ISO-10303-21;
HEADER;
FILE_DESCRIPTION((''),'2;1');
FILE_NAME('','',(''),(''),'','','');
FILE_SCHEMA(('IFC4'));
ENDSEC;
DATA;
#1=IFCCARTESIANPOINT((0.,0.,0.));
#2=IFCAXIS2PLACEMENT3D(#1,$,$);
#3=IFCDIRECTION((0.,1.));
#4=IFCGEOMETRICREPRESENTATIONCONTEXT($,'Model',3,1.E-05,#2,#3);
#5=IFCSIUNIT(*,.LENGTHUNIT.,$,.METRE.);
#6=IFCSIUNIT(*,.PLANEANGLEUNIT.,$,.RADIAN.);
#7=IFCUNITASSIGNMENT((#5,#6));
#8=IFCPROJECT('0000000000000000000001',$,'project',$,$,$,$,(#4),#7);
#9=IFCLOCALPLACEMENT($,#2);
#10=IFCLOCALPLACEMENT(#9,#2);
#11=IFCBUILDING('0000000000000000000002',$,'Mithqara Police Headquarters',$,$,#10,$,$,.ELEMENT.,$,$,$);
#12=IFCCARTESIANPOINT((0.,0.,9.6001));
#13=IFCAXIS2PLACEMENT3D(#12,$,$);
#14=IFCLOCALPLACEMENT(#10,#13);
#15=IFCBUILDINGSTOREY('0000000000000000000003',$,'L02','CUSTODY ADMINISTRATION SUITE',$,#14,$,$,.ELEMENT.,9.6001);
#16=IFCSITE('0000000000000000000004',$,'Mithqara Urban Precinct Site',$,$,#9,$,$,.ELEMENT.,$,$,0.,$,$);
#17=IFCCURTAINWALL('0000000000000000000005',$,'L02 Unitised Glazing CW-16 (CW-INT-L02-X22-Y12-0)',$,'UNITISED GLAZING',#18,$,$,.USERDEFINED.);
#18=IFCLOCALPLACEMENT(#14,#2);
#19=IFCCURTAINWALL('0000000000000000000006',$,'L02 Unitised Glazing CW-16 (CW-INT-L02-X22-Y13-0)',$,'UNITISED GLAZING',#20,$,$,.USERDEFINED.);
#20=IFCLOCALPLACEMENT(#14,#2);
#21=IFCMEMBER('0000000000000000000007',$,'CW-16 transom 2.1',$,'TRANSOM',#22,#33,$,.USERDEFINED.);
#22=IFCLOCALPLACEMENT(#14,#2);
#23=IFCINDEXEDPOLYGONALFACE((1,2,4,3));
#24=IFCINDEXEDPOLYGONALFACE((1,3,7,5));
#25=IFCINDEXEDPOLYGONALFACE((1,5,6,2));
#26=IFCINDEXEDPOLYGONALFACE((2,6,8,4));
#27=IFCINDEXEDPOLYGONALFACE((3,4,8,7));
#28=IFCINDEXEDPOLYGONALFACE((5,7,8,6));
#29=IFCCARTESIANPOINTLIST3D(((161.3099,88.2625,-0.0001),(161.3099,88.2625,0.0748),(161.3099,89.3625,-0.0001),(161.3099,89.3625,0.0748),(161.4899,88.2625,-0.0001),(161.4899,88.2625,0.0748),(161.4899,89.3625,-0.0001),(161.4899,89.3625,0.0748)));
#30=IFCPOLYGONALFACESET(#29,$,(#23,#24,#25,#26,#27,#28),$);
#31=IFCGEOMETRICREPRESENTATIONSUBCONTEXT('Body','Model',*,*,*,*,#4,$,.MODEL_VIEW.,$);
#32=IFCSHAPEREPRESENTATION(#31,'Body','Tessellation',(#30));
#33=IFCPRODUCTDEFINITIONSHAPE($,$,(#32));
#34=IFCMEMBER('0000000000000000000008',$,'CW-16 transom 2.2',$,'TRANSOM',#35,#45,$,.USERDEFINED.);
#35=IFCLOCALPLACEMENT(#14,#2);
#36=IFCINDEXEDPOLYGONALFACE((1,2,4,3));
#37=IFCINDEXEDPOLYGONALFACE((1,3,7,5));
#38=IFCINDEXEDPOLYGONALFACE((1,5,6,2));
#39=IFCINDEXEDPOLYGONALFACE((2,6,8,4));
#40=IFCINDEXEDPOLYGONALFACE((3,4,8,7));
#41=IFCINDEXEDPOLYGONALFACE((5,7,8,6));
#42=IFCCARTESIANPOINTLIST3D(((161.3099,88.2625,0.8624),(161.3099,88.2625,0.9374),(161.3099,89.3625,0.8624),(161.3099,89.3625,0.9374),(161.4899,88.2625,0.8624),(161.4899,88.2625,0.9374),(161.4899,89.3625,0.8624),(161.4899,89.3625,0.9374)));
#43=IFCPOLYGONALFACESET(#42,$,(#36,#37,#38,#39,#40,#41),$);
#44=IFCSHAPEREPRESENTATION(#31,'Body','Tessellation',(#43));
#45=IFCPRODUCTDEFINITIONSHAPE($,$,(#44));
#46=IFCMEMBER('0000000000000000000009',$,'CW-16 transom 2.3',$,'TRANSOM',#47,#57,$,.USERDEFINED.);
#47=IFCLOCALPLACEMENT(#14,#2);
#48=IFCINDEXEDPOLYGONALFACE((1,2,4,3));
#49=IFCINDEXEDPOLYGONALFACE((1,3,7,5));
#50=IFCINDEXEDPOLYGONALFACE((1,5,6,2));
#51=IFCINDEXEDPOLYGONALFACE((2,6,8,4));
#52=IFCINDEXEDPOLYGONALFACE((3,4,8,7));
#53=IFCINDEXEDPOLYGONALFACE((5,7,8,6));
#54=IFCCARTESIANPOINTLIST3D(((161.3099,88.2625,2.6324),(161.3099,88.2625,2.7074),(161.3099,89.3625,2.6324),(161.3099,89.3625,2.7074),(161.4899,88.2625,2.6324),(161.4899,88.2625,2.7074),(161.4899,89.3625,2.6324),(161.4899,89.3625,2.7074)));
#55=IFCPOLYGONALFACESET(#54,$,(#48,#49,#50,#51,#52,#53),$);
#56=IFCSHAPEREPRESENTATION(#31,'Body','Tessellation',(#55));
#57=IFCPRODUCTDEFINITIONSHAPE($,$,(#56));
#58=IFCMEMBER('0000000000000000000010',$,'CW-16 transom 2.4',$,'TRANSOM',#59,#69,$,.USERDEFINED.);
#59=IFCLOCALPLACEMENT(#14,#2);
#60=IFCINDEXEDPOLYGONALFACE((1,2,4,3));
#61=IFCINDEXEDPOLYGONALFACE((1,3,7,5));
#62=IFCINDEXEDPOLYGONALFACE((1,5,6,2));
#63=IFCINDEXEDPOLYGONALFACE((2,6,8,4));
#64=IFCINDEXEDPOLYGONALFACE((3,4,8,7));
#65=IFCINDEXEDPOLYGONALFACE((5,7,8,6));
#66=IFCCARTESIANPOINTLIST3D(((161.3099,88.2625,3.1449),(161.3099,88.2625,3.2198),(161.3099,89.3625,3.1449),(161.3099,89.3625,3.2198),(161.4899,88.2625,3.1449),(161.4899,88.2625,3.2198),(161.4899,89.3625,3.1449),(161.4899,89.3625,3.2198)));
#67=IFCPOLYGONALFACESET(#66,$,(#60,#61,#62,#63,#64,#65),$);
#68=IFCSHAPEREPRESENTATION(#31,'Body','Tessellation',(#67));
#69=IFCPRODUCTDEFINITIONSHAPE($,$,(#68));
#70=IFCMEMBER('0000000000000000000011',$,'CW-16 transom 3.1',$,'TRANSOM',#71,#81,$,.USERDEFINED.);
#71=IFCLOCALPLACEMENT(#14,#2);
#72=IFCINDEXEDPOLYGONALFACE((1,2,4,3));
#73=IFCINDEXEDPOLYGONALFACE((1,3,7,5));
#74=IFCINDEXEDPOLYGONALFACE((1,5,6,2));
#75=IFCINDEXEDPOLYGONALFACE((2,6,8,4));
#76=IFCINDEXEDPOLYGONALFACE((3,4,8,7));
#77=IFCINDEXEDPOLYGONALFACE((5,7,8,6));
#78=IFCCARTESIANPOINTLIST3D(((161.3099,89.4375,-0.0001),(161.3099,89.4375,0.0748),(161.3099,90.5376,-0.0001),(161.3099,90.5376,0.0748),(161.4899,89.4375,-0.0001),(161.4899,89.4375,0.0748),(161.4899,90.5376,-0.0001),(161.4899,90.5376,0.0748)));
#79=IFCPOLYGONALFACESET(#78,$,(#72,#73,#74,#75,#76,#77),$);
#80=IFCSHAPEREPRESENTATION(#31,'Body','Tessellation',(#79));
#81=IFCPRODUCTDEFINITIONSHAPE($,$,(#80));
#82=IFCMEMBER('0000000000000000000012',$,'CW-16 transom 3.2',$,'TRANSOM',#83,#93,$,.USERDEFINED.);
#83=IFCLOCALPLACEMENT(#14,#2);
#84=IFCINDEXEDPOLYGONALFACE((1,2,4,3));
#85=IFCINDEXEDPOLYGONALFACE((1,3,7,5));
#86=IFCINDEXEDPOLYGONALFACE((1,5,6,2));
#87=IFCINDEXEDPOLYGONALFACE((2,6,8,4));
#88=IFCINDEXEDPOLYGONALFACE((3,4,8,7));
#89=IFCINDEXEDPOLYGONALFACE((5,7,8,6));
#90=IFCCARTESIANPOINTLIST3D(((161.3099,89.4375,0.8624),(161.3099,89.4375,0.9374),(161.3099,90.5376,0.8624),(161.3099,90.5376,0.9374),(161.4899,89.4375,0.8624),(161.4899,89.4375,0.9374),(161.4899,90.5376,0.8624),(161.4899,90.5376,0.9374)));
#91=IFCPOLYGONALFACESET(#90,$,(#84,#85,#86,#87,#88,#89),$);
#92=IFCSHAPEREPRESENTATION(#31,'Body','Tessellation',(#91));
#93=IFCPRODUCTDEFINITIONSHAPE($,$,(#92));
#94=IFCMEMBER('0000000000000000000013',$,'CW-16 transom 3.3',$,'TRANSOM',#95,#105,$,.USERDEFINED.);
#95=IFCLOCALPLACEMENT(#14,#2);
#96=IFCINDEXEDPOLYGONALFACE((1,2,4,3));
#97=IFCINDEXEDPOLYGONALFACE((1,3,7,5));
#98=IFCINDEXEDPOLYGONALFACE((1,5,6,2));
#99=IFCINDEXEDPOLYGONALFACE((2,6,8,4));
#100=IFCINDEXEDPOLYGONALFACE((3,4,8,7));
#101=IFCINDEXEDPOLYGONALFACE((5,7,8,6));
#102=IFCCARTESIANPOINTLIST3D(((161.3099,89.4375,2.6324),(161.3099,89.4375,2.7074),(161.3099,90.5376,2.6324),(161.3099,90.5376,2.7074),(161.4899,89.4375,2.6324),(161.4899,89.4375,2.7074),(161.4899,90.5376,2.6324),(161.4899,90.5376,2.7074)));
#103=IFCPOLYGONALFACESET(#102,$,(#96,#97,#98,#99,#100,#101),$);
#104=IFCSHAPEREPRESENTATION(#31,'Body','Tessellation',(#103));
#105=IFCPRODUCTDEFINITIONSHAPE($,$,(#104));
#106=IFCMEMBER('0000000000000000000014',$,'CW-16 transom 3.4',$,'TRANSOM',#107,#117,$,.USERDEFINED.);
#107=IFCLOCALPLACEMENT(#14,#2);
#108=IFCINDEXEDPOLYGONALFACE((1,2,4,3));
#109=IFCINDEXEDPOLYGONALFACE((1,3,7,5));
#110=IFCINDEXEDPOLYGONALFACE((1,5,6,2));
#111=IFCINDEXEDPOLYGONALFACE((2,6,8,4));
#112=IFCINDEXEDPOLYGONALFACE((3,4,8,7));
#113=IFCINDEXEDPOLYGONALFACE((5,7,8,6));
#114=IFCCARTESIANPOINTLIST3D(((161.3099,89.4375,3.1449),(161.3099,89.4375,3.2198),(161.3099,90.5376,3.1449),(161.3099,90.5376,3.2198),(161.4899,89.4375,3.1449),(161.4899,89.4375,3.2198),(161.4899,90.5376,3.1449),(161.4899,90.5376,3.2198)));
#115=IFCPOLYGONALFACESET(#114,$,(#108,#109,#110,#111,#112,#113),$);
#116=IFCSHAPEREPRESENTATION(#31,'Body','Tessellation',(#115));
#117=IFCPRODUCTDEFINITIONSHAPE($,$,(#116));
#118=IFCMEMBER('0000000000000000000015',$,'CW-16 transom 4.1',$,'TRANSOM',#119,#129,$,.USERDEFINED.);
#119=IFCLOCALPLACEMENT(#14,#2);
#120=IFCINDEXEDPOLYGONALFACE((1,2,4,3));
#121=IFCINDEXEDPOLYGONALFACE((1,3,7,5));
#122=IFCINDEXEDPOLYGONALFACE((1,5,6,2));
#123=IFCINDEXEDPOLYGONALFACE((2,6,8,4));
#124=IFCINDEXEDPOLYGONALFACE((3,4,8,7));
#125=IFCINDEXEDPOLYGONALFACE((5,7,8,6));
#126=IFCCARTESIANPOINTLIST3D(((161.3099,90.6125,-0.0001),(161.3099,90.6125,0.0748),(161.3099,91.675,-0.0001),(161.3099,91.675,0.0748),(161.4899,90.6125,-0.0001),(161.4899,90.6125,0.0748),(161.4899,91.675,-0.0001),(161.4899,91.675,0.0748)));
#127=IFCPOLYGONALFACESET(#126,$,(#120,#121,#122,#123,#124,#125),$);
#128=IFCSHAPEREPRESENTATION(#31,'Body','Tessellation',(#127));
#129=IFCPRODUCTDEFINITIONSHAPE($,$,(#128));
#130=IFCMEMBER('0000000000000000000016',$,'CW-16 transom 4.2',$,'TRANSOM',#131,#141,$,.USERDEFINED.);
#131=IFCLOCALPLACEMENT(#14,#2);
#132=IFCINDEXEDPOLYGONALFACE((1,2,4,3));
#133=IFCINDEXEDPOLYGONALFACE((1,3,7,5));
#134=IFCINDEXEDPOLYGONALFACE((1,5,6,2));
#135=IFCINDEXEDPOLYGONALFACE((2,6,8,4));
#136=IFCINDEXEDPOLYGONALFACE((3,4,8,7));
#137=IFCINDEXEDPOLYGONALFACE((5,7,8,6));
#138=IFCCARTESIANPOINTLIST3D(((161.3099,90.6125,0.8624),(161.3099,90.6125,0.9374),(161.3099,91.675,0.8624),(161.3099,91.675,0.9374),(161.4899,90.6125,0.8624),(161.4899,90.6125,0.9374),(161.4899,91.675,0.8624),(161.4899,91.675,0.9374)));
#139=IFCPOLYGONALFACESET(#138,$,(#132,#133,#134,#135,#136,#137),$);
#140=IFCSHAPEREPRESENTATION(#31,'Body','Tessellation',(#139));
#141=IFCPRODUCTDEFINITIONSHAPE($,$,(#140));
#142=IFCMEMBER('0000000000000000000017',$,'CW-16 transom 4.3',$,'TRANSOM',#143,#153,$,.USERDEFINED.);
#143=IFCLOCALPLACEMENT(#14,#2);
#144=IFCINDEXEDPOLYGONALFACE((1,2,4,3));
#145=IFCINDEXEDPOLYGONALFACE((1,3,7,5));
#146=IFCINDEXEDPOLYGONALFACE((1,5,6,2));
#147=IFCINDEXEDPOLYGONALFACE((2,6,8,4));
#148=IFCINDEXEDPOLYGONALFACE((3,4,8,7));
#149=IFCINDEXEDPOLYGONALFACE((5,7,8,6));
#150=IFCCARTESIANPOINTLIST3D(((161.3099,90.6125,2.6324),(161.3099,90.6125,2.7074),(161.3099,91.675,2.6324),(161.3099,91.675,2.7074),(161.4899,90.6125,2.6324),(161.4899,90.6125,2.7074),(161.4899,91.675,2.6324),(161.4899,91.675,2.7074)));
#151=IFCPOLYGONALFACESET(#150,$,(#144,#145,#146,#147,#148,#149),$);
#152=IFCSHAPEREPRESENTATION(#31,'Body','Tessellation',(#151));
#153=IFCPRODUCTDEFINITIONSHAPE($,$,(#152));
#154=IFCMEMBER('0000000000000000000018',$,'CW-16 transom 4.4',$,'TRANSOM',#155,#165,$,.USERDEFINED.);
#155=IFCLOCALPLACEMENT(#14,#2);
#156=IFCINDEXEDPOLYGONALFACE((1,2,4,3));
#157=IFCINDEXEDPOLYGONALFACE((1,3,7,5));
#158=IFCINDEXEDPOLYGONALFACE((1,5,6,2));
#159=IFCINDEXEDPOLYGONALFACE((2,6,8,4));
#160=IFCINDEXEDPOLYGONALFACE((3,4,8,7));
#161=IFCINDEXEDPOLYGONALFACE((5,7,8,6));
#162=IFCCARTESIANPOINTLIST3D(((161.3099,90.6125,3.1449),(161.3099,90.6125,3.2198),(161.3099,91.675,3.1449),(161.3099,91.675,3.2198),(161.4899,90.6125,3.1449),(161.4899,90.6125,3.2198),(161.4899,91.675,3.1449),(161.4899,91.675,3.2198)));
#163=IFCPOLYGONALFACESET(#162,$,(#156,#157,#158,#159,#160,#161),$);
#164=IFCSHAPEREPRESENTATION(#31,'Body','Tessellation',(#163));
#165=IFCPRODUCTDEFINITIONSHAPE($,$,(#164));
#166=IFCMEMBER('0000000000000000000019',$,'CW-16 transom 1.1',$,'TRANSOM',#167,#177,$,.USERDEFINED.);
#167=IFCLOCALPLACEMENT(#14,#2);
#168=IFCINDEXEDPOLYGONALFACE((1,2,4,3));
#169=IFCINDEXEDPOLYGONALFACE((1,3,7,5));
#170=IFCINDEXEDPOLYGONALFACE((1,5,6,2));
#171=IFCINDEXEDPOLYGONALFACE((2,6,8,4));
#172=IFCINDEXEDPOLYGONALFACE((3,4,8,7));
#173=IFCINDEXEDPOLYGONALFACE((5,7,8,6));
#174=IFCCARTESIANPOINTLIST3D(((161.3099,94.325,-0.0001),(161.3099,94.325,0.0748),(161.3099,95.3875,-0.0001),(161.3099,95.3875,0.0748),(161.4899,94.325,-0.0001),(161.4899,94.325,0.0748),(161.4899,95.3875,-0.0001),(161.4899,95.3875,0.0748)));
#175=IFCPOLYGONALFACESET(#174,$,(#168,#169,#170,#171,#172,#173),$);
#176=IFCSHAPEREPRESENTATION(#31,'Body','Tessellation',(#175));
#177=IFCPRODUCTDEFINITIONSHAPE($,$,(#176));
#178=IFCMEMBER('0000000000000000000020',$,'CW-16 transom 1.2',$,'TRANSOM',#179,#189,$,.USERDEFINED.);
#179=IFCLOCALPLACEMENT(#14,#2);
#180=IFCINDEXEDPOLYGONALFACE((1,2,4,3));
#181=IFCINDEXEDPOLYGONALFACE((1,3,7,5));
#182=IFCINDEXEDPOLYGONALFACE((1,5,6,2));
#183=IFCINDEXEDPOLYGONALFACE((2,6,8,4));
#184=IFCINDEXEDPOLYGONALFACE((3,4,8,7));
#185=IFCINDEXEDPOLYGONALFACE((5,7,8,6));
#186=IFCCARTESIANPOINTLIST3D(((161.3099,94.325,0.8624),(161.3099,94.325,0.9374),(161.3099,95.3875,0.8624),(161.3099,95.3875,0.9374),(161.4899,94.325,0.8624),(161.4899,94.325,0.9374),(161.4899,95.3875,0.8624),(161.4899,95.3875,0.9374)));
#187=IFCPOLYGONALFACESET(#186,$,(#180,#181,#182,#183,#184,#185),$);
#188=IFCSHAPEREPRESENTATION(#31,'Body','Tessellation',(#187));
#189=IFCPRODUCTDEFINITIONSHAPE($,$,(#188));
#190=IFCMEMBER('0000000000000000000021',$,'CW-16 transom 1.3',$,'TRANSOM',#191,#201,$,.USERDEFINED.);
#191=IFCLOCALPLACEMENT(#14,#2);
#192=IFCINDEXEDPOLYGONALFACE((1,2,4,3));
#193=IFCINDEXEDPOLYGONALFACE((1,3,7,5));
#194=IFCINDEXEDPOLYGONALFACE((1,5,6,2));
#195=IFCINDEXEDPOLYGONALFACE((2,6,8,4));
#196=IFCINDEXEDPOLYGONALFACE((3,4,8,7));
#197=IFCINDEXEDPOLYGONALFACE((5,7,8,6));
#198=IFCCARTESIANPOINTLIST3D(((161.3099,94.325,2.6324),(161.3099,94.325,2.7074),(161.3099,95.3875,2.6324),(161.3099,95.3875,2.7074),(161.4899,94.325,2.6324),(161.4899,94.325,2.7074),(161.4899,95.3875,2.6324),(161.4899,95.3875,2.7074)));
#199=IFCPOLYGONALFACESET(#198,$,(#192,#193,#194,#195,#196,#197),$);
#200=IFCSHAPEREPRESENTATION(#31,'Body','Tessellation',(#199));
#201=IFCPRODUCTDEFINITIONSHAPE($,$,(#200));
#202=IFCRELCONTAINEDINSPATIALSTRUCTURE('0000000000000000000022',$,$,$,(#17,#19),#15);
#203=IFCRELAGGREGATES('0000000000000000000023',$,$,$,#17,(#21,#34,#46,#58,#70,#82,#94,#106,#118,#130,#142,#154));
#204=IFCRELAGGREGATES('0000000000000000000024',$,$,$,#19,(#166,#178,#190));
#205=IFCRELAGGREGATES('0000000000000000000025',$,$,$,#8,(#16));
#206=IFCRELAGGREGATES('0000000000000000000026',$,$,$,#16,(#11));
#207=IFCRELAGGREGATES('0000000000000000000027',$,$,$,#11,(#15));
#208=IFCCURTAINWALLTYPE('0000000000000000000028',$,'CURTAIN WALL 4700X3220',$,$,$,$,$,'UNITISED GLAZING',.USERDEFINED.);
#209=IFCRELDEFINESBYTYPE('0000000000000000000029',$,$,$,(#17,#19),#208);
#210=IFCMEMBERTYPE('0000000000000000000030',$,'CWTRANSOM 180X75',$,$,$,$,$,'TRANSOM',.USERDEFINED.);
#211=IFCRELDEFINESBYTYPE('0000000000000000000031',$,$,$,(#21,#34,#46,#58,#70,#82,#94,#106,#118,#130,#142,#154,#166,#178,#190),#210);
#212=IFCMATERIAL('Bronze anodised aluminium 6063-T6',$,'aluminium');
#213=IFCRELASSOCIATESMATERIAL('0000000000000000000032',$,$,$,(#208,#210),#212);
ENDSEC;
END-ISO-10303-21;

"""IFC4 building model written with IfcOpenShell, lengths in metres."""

from ifc_helpers import new_model, si_unit, direction, frame, origin, origin_2d, place, context, subcontext, project, spatial, rectangle, extrude, material, material_profile, profile_set, type_object, element, aggregate, save


model = new_model("IFC4")

# Units and contexts
model_context = context("Model", 3, precision=1e-05, world=origin(), true_north=direction((0.0, 1.0)))
body_context = subcontext(model_context, "Body", "Model", "MODEL_VIEW")
ifc_project = project(units=[si_unit("LENGTHUNIT", "METRE"), si_unit("PLANEANGLEUNIT", "RADIAN")], contexts=[model_context])

# Site, building, storey
site_placement = place(None, origin())
site = spatial("IfcSite", under=ifc_project, at=site_placement, Name="Mithqara Urban Precinct Site", CompositionType="ELEMENT", RefElevation=0.0)
building_placement = place(site_placement, origin())
building = spatial("IfcBuilding", under=site, at=building_placement, Name="Mithqara Police Headquarters", CompositionType="ELEMENT")
storey_placement = place(building_placement, frame((0.0, 0.0, 9.6001)))
storey = spatial("IfcBuildingStorey", under=building, at=storey_placement, Name="L02", Description="CUSTODY ADMINISTRATION SUITE", CompositionType="ELEMENT", Elevation=9.6001)

# Curtain wall
ifc_material_1 = material(Name="Bronze anodised aluminium 6063-T6", Category="aluminium")
curtain_wall_type = type_object("IfcCurtainWallType", Name="CURTAIN WALL 4700X3220", ElementType="UNITISED GLAZING", PredefinedType="USERDEFINED", material=ifc_material_1)
curtain_wall_1_placement = place(storey_placement, origin())
curtain_wall_1 = element("IfcCurtainWall", 1, at=curtain_wall_1_placement, inside=storey, type_object=curtain_wall_type, Name="L02 Unitised Glazing CW-16 (CW-INT-L02-X22-Y12-0)", ObjectType="UNITISED GLAZING", PredefinedType="USERDEFINED")

# Curtain wall
curtain_wall_2_placement = place(storey_placement, origin())
curtain_wall_2 = element("IfcCurtainWall", 2, at=curtain_wall_2_placement, inside=storey, type_object=curtain_wall_type, Name="L02 Unitised Glazing CW-16 (CW-INT-L02-X22-Y13-0)", ObjectType="UNITISED GLAZING", PredefinedType="USERDEFINED")

# Members
ifc_material_profile_1 = material_profile(ifc_material_1, rectangle(XDim=0.1799, YDim=0.075, at=origin_2d()), Name="CWT 180x75")
ifc_profile_set_1 = profile_set([ifc_material_profile_1], Name="Bronze anodised aluminium 6063-T6")
member_type_1 = type_object("IfcMemberType", Name="CWTRANSOM 180X75", ElementType="TRANSOM", PredefinedType="USERDEFINED", material=ifc_profile_set_1)
member_1_placement = place(storey_placement, frame((161.3999, 88.2625, 0.0374), z_axis=(0.0, 1.0, 0.0), x_axis=(-1.0, 0.0, 0.0)))
member_1 = element("IfcMember", 3, at=member_1_placement, type_object=member_type_1, Name="CW-16 transom 2.1", ObjectType="TRANSOM", PredefinedType="USERDEFINED", context=body_context, shape_type="SweptSolid", body=[
    extrude(rectangle(XDim=0.1799, YDim=0.075, at=origin_2d()), origin(), (0.0, 0.0, 1.0), 1.1001),
])
member_2_placement = place(storey_placement, frame((161.3999, 88.2625, 0.8999), z_axis=(0.0, 1.0, 0.0), x_axis=(-1.0, 0.0, 0.0)))
member_2 = element("IfcMember", 4, at=member_2_placement, type_object=member_type_1, Name="CW-16 transom 2.2", ObjectType="TRANSOM", PredefinedType="USERDEFINED", context=body_context, shape_type="SweptSolid", body=[
    extrude(rectangle(XDim=0.1799, YDim=0.075, at=origin_2d()), origin(), (0.0, 0.0, 1.0), 1.1001),
])
member_3_placement = place(storey_placement, frame((161.3999, 88.2625, 2.6699), z_axis=(0.0, 1.0, 0.0), x_axis=(-1.0, 0.0, 0.0)))
member_3 = element("IfcMember", 5, at=member_3_placement, type_object=member_type_1, Name="CW-16 transom 2.3", ObjectType="TRANSOM", PredefinedType="USERDEFINED", context=body_context, shape_type="SweptSolid", body=[
    extrude(rectangle(XDim=0.1799, YDim=0.075, at=origin_2d()), origin(), (0.0, 0.0, 1.0), 1.1001),
])
member_4_placement = place(storey_placement, frame((161.3999, 88.2625, 3.1824), z_axis=(0.0, 1.0, 0.0), x_axis=(-1.0, 0.0, 0.0)))
member_4 = element("IfcMember", 6, at=member_4_placement, type_object=member_type_1, Name="CW-16 transom 2.4", ObjectType="TRANSOM", PredefinedType="USERDEFINED", context=body_context, shape_type="SweptSolid", body=[
    extrude(rectangle(XDim=0.1799, YDim=0.075, at=origin_2d()), origin(), (0.0, 0.0, 1.0), 1.1001),
])
member_5_placement = place(storey_placement, frame((161.3999, 89.4375, 0.0374), z_axis=(0.0, 1.0, 0.0), x_axis=(-1.0, 0.0, 0.0)))
member_5 = element("IfcMember", 7, at=member_5_placement, type_object=member_type_1, Name="CW-16 transom 3.1", ObjectType="TRANSOM", PredefinedType="USERDEFINED", context=body_context, shape_type="SweptSolid", body=[
    extrude(rectangle(XDim=0.1799, YDim=0.075, at=origin_2d()), origin(), (0.0, 0.0, 1.0), 1.1001),
])
member_6_placement = place(storey_placement, frame((161.3999, 89.4375, 0.8999), z_axis=(0.0, 1.0, 0.0), x_axis=(-1.0, 0.0, 0.0)))
member_6 = element("IfcMember", 8, at=member_6_placement, type_object=member_type_1, Name="CW-16 transom 3.2", ObjectType="TRANSOM", PredefinedType="USERDEFINED", context=body_context, shape_type="SweptSolid", body=[
    extrude(rectangle(XDim=0.1799, YDim=0.075, at=origin_2d()), origin(), (0.0, 0.0, 1.0), 1.1001),
])
member_7_placement = place(storey_placement, frame((161.3999, 89.4375, 2.6699), z_axis=(0.0, 1.0, 0.0), x_axis=(-1.0, 0.0, 0.0)))
member_7 = element("IfcMember", 9, at=member_7_placement, type_object=member_type_1, Name="CW-16 transom 3.3", ObjectType="TRANSOM", PredefinedType="USERDEFINED", context=body_context, shape_type="SweptSolid", body=[
    extrude(rectangle(XDim=0.1799, YDim=0.075, at=origin_2d()), origin(), (0.0, 0.0, 1.0), 1.1001),
])
member_8_placement = place(storey_placement, frame((161.3999, 89.4375, 3.1824), z_axis=(0.0, 1.0, 0.0), x_axis=(-1.0, 0.0, 0.0)))
member_8 = element("IfcMember", 10, at=member_8_placement, type_object=member_type_1, Name="CW-16 transom 3.4", ObjectType="TRANSOM", PredefinedType="USERDEFINED", context=body_context, shape_type="SweptSolid", body=[
    extrude(rectangle(XDim=0.1799, YDim=0.075, at=origin_2d()), origin(), (0.0, 0.0, 1.0), 1.1001),
])
member_9_placement = place(storey_placement, frame((161.3999, 90.6125, 0.0374), z_axis=(0.0, 1.0, 0.0), x_axis=(-1.0, 0.0, 0.0)))
member_9 = element("IfcMember", 11, at=member_9_placement, type_object=member_type_1, Name="CW-16 transom 4.1", ObjectType="TRANSOM", PredefinedType="USERDEFINED", context=body_context, shape_type="SweptSolid", body=[
    extrude(rectangle(XDim=0.1799, YDim=0.075, at=origin_2d()), origin(), (0.0, 0.0, 1.0), 1.0625),
])
member_10_placement = place(storey_placement, frame((161.3999, 90.6125, 0.8999), z_axis=(0.0, 1.0, 0.0), x_axis=(-1.0, 0.0, 0.0)))
member_10 = element("IfcMember", 12, at=member_10_placement, type_object=member_type_1, Name="CW-16 transom 4.2", ObjectType="TRANSOM", PredefinedType="USERDEFINED", context=body_context, shape_type="SweptSolid", body=[
    extrude(rectangle(XDim=0.1799, YDim=0.075, at=origin_2d()), origin(), (0.0, 0.0, 1.0), 1.0625),
])
member_11_placement = place(storey_placement, frame((161.3999, 90.6125, 2.6699), z_axis=(0.0, 1.0, 0.0), x_axis=(-1.0, 0.0, 0.0)))
member_11 = element("IfcMember", 13, at=member_11_placement, type_object=member_type_1, Name="CW-16 transom 4.3", ObjectType="TRANSOM", PredefinedType="USERDEFINED", context=body_context, shape_type="SweptSolid", body=[
    extrude(rectangle(XDim=0.1799, YDim=0.075, at=origin_2d()), origin(), (0.0, 0.0, 1.0), 1.0625),
])
member_12_placement = place(storey_placement, frame((161.3999, 90.6125, 3.1824), z_axis=(0.0, 1.0, 0.0), x_axis=(-1.0, 0.0, 0.0)))
member_12 = element("IfcMember", 14, at=member_12_placement, type_object=member_type_1, Name="CW-16 transom 4.4", ObjectType="TRANSOM", PredefinedType="USERDEFINED", context=body_context, shape_type="SweptSolid", body=[
    extrude(rectangle(XDim=0.1799, YDim=0.075, at=origin_2d()), origin(), (0.0, 0.0, 1.0), 1.0625),
])
member_13_placement = place(storey_placement, frame((161.3999, 94.325, 0.0374), z_axis=(0.0, 1.0, 0.0), x_axis=(-1.0, 0.0, 0.0)))
member_13 = element("IfcMember", 15, at=member_13_placement, type_object=member_type_1, Name="CW-16 transom 1.1", ObjectType="TRANSOM", PredefinedType="USERDEFINED", context=body_context, shape_type="SweptSolid", body=[
    extrude(rectangle(XDim=0.1799, YDim=0.075, at=origin_2d()), origin(), (0.0, 0.0, 1.0), 1.0625),
])
member_14_placement = place(storey_placement, frame((161.3999, 94.325, 0.8999), z_axis=(0.0, 1.0, 0.0), x_axis=(-1.0, 0.0, 0.0)))
member_14 = element("IfcMember", 16, at=member_14_placement, type_object=member_type_1, Name="CW-16 transom 1.2", ObjectType="TRANSOM", PredefinedType="USERDEFINED", context=body_context, shape_type="SweptSolid", body=[
    extrude(rectangle(XDim=0.1799, YDim=0.075, at=origin_2d()), origin(), (0.0, 0.0, 1.0), 1.0625),
])
member_15_placement = place(storey_placement, frame((161.3999, 94.325, 2.6699), z_axis=(0.0, 1.0, 0.0), x_axis=(-1.0, 0.0, 0.0)))
member_15 = element("IfcMember", 17, at=member_15_placement, type_object=member_type_1, Name="CW-16 transom 1.3", ObjectType="TRANSOM", PredefinedType="USERDEFINED", context=body_context, shape_type="SweptSolid", body=[
    extrude(rectangle(XDim=0.1799, YDim=0.075, at=origin_2d()), origin(), (0.0, 0.0, 1.0), 1.0625),
])

aggregate(curtain_wall_1, [member_1, member_2, member_3, member_4, member_5, member_6, member_7, member_8, member_9, member_10, member_11, member_12])
aggregate(curtain_wall_2, [member_13, member_14, member_15])

save(model, "model.ifc")
